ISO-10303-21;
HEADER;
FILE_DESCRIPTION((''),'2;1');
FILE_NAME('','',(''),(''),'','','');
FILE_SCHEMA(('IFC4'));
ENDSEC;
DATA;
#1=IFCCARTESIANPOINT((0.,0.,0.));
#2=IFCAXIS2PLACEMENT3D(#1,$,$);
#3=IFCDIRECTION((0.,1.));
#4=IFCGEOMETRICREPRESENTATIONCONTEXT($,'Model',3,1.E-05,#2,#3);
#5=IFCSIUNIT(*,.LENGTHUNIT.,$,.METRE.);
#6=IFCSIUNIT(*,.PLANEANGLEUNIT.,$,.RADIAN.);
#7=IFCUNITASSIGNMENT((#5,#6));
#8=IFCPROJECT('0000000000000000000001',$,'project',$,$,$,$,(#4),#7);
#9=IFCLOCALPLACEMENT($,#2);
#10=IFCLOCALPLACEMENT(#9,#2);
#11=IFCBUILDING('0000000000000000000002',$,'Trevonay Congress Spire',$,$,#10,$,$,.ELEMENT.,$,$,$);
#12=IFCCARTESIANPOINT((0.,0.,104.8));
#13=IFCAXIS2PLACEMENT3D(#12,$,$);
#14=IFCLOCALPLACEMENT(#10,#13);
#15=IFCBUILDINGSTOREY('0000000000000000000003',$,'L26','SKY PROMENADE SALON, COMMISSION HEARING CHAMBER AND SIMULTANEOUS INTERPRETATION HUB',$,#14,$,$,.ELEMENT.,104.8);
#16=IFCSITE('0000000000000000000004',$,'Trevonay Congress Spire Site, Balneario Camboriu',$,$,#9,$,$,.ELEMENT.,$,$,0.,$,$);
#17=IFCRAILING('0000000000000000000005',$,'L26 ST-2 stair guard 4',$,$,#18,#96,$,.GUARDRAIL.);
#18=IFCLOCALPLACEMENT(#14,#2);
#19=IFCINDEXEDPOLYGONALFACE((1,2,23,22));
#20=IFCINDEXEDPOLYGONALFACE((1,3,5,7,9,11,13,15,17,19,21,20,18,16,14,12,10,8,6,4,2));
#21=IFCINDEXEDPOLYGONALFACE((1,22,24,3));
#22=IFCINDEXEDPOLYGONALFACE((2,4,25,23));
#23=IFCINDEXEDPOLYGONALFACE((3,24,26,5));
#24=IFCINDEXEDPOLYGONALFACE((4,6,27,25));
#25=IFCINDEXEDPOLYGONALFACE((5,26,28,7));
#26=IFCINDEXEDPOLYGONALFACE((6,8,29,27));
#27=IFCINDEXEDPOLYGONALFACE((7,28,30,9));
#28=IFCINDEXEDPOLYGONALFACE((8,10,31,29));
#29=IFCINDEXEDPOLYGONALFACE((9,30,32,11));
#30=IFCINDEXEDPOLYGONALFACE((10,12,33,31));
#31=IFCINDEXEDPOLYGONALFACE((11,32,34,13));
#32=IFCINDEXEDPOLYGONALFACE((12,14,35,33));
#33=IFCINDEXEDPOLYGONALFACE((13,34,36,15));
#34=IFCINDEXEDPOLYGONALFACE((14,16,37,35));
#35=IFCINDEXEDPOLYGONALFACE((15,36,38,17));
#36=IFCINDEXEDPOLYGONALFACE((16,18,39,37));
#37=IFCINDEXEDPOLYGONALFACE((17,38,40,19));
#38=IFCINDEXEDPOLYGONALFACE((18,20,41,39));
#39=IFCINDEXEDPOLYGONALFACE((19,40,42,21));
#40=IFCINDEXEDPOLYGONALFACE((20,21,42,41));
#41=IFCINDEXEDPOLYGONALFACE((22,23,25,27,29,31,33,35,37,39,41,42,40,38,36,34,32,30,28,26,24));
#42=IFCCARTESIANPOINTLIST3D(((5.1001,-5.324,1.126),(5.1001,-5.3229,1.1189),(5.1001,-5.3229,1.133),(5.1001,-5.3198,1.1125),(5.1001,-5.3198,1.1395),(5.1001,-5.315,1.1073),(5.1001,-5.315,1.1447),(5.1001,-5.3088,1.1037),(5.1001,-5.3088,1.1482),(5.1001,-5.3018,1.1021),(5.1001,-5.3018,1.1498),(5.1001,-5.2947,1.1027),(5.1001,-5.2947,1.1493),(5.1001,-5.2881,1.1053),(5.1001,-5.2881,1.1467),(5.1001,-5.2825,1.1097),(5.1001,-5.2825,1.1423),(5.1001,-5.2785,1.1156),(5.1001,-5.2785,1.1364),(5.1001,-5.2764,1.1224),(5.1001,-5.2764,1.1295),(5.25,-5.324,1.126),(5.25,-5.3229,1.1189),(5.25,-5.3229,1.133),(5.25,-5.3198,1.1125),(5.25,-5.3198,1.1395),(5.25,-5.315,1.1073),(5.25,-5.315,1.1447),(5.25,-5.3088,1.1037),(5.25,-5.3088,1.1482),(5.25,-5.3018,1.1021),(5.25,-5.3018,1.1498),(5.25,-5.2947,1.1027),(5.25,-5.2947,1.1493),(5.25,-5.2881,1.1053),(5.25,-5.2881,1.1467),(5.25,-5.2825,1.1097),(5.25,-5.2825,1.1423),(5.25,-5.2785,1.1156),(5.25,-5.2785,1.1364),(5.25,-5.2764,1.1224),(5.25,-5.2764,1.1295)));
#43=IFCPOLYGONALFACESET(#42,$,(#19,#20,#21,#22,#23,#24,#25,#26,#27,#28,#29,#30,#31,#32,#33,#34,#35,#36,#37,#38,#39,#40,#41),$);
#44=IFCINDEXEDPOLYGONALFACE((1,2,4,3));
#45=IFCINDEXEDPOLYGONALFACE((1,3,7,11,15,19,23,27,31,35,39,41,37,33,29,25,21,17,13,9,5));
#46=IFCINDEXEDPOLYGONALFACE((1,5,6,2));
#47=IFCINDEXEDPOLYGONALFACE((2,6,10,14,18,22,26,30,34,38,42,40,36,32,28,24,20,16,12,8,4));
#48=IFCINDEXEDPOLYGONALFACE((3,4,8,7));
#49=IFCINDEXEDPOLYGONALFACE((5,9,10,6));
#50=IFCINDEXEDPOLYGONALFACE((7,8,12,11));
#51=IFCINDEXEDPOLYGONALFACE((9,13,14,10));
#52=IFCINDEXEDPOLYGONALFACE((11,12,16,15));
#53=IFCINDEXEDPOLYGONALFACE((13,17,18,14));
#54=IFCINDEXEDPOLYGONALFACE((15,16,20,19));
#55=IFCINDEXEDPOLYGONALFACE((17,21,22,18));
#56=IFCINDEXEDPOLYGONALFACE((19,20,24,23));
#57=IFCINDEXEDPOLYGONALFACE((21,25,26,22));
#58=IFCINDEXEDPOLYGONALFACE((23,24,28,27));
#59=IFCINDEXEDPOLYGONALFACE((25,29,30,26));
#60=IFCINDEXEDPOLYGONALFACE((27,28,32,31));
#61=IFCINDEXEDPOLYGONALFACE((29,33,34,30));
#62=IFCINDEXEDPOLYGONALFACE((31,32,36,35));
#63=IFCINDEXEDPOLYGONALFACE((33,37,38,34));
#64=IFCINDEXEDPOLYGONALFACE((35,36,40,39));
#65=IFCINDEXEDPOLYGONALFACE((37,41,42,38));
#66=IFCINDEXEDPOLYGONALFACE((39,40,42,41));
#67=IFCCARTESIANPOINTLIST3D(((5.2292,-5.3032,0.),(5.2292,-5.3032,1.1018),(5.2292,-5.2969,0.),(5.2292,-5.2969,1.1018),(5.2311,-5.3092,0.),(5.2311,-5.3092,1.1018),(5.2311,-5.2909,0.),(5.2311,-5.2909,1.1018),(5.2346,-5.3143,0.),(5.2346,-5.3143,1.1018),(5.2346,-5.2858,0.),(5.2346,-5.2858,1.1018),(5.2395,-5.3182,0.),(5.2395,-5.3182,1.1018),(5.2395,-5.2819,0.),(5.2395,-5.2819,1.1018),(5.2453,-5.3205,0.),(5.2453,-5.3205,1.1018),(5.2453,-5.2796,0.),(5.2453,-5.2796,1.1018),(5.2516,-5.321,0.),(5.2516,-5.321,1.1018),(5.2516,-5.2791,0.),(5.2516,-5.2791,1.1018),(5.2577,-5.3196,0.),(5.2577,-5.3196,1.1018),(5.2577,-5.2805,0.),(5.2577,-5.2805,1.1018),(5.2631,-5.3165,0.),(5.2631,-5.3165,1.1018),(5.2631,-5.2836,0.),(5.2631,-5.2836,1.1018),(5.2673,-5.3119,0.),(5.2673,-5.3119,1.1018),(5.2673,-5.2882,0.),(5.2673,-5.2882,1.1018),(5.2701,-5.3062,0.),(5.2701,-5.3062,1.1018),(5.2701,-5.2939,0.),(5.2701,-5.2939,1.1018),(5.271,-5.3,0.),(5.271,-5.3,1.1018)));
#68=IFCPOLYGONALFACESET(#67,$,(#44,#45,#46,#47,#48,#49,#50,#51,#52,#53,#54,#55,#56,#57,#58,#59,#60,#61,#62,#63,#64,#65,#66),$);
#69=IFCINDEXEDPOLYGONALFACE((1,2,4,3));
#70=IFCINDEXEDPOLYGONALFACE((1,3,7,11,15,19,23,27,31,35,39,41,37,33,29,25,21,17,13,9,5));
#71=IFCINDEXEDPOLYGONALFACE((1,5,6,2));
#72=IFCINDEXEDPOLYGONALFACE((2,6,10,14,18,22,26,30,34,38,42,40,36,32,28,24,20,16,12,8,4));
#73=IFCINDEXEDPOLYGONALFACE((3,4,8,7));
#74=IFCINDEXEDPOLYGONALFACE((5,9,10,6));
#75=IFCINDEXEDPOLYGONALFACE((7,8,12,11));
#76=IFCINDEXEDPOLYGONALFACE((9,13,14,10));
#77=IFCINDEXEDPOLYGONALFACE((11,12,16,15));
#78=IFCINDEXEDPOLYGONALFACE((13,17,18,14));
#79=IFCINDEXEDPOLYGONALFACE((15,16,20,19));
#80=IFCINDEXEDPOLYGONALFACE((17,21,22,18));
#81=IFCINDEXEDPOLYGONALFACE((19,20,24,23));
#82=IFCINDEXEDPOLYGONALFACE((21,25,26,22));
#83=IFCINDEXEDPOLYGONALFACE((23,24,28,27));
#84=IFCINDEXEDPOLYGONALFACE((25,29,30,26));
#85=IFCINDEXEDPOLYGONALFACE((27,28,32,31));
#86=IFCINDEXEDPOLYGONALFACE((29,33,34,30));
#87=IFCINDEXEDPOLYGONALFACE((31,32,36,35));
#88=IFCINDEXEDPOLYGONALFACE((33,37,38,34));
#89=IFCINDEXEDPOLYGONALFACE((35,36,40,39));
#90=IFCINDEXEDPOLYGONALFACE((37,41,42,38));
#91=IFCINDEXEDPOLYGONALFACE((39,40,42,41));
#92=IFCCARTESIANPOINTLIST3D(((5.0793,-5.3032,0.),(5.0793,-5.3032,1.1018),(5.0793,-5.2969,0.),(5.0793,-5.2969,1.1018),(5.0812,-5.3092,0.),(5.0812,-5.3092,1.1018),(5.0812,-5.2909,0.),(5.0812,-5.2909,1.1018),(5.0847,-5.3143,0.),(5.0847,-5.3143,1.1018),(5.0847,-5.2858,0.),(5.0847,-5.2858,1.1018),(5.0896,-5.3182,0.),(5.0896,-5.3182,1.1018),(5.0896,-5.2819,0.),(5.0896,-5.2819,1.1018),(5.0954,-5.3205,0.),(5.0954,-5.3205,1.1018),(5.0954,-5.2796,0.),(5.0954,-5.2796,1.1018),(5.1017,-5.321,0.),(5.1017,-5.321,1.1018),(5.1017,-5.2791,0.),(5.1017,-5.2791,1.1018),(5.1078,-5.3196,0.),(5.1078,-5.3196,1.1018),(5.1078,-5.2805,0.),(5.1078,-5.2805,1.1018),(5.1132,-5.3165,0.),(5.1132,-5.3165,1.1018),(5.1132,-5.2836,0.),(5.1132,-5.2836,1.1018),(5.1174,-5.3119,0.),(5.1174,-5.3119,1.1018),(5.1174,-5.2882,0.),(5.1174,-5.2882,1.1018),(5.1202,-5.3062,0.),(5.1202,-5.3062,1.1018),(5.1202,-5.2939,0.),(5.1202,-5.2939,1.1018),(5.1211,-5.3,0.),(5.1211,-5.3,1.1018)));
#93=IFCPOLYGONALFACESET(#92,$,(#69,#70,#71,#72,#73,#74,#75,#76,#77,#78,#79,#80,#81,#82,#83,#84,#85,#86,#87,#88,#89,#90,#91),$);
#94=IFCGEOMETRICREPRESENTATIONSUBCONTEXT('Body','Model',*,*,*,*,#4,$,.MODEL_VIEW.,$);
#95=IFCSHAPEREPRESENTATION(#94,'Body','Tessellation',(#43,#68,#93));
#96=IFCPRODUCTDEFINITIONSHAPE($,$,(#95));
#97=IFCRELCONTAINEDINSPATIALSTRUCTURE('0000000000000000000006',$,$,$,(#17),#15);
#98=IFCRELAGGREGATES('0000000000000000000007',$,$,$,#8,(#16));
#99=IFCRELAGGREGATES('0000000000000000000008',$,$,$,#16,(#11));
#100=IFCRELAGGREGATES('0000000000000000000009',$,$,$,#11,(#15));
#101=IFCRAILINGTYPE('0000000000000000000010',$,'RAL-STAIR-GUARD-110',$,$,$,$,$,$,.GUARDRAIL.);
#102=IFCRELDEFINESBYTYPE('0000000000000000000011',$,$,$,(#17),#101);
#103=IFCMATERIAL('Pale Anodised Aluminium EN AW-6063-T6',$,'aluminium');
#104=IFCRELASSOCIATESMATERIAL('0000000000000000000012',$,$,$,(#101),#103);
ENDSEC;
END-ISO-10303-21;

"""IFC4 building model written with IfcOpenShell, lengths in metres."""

from ifc_helpers import new_model, si_unit, direction, frame, origin, origin_2d, place, context, subcontext, project, spatial, circle, extrude, material, type_object, element, save


model = new_model("IFC4")

# Units and contexts
model_context = context("Model", 3, precision=1e-05, world=origin(), true_north=direction((0.0, 1.0)))
body_context = subcontext(model_context, "Body", "Model", "MODEL_VIEW")
ifc_project = project(units=[si_unit("LENGTHUNIT", "METRE"), si_unit("PLANEANGLEUNIT", "RADIAN")], contexts=[model_context])

# Site, building, storey
site_placement = place(None, origin())
site = spatial("IfcSite", under=ifc_project, at=site_placement, Name="Trevonay Congress Spire Site, Balneario Camboriu", CompositionType="ELEMENT", RefElevation=0.0)
building_placement = place(site_placement, origin())
building = spatial("IfcBuilding", under=site, at=building_placement, Name="Trevonay Congress Spire", CompositionType="ELEMENT")
storey_placement = place(building_placement, frame((0.0, 0.0, 104.8)))
storey = spatial("IfcBuildingStorey", under=building, at=storey_placement, Name="L26", Description="SKY PROMENADE SALON, COMMISSION HEARING CHAMBER AND SIMULTANEOUS INTERPRETATION HUB", CompositionType="ELEMENT", Elevation=104.8)

# Shared definitions
ifc_material_1 = material(Name="Pale Anodised Aluminium EN AW-6063-T6", Category="aluminium")

# Railing
railing_type_1 = type_object("IfcRailingType", Name="RAL-STAIR-GUARD-110", PredefinedType="GUARDRAIL", material=ifc_material_1)
railing_1_placement = place(storey_placement, frame((5.25, -5.3, 0.0)))
element("IfcRailing", 1, at=railing_1_placement, inside=storey, type_object=railing_type_1, Name="L26 ST-2 stair guard 4", PredefinedType="GUARDRAIL", context=body_context, shape_type="SweptSolid", body=[
    extrude(circle(Radius=0.0239, at=origin_2d()), frame((0.0, 0.0, 1.126), z_axis=(-1.0, 0.0, 0.0), x_axis=(0.0, -1.0, 0.0)), (0.0, 0.0, 1.0), 0.1499),
    extrude(circle(Radius=0.021, at=origin_2d()), origin(), (0.0, 0.0, 1.0), 1.1018),
    extrude(circle(Radius=0.021, at=origin_2d()), frame((-0.1499, 0.0, 0.0)), (0.0, 0.0, 1.0), 1.1018),
])

save(model, "model.ifc")
